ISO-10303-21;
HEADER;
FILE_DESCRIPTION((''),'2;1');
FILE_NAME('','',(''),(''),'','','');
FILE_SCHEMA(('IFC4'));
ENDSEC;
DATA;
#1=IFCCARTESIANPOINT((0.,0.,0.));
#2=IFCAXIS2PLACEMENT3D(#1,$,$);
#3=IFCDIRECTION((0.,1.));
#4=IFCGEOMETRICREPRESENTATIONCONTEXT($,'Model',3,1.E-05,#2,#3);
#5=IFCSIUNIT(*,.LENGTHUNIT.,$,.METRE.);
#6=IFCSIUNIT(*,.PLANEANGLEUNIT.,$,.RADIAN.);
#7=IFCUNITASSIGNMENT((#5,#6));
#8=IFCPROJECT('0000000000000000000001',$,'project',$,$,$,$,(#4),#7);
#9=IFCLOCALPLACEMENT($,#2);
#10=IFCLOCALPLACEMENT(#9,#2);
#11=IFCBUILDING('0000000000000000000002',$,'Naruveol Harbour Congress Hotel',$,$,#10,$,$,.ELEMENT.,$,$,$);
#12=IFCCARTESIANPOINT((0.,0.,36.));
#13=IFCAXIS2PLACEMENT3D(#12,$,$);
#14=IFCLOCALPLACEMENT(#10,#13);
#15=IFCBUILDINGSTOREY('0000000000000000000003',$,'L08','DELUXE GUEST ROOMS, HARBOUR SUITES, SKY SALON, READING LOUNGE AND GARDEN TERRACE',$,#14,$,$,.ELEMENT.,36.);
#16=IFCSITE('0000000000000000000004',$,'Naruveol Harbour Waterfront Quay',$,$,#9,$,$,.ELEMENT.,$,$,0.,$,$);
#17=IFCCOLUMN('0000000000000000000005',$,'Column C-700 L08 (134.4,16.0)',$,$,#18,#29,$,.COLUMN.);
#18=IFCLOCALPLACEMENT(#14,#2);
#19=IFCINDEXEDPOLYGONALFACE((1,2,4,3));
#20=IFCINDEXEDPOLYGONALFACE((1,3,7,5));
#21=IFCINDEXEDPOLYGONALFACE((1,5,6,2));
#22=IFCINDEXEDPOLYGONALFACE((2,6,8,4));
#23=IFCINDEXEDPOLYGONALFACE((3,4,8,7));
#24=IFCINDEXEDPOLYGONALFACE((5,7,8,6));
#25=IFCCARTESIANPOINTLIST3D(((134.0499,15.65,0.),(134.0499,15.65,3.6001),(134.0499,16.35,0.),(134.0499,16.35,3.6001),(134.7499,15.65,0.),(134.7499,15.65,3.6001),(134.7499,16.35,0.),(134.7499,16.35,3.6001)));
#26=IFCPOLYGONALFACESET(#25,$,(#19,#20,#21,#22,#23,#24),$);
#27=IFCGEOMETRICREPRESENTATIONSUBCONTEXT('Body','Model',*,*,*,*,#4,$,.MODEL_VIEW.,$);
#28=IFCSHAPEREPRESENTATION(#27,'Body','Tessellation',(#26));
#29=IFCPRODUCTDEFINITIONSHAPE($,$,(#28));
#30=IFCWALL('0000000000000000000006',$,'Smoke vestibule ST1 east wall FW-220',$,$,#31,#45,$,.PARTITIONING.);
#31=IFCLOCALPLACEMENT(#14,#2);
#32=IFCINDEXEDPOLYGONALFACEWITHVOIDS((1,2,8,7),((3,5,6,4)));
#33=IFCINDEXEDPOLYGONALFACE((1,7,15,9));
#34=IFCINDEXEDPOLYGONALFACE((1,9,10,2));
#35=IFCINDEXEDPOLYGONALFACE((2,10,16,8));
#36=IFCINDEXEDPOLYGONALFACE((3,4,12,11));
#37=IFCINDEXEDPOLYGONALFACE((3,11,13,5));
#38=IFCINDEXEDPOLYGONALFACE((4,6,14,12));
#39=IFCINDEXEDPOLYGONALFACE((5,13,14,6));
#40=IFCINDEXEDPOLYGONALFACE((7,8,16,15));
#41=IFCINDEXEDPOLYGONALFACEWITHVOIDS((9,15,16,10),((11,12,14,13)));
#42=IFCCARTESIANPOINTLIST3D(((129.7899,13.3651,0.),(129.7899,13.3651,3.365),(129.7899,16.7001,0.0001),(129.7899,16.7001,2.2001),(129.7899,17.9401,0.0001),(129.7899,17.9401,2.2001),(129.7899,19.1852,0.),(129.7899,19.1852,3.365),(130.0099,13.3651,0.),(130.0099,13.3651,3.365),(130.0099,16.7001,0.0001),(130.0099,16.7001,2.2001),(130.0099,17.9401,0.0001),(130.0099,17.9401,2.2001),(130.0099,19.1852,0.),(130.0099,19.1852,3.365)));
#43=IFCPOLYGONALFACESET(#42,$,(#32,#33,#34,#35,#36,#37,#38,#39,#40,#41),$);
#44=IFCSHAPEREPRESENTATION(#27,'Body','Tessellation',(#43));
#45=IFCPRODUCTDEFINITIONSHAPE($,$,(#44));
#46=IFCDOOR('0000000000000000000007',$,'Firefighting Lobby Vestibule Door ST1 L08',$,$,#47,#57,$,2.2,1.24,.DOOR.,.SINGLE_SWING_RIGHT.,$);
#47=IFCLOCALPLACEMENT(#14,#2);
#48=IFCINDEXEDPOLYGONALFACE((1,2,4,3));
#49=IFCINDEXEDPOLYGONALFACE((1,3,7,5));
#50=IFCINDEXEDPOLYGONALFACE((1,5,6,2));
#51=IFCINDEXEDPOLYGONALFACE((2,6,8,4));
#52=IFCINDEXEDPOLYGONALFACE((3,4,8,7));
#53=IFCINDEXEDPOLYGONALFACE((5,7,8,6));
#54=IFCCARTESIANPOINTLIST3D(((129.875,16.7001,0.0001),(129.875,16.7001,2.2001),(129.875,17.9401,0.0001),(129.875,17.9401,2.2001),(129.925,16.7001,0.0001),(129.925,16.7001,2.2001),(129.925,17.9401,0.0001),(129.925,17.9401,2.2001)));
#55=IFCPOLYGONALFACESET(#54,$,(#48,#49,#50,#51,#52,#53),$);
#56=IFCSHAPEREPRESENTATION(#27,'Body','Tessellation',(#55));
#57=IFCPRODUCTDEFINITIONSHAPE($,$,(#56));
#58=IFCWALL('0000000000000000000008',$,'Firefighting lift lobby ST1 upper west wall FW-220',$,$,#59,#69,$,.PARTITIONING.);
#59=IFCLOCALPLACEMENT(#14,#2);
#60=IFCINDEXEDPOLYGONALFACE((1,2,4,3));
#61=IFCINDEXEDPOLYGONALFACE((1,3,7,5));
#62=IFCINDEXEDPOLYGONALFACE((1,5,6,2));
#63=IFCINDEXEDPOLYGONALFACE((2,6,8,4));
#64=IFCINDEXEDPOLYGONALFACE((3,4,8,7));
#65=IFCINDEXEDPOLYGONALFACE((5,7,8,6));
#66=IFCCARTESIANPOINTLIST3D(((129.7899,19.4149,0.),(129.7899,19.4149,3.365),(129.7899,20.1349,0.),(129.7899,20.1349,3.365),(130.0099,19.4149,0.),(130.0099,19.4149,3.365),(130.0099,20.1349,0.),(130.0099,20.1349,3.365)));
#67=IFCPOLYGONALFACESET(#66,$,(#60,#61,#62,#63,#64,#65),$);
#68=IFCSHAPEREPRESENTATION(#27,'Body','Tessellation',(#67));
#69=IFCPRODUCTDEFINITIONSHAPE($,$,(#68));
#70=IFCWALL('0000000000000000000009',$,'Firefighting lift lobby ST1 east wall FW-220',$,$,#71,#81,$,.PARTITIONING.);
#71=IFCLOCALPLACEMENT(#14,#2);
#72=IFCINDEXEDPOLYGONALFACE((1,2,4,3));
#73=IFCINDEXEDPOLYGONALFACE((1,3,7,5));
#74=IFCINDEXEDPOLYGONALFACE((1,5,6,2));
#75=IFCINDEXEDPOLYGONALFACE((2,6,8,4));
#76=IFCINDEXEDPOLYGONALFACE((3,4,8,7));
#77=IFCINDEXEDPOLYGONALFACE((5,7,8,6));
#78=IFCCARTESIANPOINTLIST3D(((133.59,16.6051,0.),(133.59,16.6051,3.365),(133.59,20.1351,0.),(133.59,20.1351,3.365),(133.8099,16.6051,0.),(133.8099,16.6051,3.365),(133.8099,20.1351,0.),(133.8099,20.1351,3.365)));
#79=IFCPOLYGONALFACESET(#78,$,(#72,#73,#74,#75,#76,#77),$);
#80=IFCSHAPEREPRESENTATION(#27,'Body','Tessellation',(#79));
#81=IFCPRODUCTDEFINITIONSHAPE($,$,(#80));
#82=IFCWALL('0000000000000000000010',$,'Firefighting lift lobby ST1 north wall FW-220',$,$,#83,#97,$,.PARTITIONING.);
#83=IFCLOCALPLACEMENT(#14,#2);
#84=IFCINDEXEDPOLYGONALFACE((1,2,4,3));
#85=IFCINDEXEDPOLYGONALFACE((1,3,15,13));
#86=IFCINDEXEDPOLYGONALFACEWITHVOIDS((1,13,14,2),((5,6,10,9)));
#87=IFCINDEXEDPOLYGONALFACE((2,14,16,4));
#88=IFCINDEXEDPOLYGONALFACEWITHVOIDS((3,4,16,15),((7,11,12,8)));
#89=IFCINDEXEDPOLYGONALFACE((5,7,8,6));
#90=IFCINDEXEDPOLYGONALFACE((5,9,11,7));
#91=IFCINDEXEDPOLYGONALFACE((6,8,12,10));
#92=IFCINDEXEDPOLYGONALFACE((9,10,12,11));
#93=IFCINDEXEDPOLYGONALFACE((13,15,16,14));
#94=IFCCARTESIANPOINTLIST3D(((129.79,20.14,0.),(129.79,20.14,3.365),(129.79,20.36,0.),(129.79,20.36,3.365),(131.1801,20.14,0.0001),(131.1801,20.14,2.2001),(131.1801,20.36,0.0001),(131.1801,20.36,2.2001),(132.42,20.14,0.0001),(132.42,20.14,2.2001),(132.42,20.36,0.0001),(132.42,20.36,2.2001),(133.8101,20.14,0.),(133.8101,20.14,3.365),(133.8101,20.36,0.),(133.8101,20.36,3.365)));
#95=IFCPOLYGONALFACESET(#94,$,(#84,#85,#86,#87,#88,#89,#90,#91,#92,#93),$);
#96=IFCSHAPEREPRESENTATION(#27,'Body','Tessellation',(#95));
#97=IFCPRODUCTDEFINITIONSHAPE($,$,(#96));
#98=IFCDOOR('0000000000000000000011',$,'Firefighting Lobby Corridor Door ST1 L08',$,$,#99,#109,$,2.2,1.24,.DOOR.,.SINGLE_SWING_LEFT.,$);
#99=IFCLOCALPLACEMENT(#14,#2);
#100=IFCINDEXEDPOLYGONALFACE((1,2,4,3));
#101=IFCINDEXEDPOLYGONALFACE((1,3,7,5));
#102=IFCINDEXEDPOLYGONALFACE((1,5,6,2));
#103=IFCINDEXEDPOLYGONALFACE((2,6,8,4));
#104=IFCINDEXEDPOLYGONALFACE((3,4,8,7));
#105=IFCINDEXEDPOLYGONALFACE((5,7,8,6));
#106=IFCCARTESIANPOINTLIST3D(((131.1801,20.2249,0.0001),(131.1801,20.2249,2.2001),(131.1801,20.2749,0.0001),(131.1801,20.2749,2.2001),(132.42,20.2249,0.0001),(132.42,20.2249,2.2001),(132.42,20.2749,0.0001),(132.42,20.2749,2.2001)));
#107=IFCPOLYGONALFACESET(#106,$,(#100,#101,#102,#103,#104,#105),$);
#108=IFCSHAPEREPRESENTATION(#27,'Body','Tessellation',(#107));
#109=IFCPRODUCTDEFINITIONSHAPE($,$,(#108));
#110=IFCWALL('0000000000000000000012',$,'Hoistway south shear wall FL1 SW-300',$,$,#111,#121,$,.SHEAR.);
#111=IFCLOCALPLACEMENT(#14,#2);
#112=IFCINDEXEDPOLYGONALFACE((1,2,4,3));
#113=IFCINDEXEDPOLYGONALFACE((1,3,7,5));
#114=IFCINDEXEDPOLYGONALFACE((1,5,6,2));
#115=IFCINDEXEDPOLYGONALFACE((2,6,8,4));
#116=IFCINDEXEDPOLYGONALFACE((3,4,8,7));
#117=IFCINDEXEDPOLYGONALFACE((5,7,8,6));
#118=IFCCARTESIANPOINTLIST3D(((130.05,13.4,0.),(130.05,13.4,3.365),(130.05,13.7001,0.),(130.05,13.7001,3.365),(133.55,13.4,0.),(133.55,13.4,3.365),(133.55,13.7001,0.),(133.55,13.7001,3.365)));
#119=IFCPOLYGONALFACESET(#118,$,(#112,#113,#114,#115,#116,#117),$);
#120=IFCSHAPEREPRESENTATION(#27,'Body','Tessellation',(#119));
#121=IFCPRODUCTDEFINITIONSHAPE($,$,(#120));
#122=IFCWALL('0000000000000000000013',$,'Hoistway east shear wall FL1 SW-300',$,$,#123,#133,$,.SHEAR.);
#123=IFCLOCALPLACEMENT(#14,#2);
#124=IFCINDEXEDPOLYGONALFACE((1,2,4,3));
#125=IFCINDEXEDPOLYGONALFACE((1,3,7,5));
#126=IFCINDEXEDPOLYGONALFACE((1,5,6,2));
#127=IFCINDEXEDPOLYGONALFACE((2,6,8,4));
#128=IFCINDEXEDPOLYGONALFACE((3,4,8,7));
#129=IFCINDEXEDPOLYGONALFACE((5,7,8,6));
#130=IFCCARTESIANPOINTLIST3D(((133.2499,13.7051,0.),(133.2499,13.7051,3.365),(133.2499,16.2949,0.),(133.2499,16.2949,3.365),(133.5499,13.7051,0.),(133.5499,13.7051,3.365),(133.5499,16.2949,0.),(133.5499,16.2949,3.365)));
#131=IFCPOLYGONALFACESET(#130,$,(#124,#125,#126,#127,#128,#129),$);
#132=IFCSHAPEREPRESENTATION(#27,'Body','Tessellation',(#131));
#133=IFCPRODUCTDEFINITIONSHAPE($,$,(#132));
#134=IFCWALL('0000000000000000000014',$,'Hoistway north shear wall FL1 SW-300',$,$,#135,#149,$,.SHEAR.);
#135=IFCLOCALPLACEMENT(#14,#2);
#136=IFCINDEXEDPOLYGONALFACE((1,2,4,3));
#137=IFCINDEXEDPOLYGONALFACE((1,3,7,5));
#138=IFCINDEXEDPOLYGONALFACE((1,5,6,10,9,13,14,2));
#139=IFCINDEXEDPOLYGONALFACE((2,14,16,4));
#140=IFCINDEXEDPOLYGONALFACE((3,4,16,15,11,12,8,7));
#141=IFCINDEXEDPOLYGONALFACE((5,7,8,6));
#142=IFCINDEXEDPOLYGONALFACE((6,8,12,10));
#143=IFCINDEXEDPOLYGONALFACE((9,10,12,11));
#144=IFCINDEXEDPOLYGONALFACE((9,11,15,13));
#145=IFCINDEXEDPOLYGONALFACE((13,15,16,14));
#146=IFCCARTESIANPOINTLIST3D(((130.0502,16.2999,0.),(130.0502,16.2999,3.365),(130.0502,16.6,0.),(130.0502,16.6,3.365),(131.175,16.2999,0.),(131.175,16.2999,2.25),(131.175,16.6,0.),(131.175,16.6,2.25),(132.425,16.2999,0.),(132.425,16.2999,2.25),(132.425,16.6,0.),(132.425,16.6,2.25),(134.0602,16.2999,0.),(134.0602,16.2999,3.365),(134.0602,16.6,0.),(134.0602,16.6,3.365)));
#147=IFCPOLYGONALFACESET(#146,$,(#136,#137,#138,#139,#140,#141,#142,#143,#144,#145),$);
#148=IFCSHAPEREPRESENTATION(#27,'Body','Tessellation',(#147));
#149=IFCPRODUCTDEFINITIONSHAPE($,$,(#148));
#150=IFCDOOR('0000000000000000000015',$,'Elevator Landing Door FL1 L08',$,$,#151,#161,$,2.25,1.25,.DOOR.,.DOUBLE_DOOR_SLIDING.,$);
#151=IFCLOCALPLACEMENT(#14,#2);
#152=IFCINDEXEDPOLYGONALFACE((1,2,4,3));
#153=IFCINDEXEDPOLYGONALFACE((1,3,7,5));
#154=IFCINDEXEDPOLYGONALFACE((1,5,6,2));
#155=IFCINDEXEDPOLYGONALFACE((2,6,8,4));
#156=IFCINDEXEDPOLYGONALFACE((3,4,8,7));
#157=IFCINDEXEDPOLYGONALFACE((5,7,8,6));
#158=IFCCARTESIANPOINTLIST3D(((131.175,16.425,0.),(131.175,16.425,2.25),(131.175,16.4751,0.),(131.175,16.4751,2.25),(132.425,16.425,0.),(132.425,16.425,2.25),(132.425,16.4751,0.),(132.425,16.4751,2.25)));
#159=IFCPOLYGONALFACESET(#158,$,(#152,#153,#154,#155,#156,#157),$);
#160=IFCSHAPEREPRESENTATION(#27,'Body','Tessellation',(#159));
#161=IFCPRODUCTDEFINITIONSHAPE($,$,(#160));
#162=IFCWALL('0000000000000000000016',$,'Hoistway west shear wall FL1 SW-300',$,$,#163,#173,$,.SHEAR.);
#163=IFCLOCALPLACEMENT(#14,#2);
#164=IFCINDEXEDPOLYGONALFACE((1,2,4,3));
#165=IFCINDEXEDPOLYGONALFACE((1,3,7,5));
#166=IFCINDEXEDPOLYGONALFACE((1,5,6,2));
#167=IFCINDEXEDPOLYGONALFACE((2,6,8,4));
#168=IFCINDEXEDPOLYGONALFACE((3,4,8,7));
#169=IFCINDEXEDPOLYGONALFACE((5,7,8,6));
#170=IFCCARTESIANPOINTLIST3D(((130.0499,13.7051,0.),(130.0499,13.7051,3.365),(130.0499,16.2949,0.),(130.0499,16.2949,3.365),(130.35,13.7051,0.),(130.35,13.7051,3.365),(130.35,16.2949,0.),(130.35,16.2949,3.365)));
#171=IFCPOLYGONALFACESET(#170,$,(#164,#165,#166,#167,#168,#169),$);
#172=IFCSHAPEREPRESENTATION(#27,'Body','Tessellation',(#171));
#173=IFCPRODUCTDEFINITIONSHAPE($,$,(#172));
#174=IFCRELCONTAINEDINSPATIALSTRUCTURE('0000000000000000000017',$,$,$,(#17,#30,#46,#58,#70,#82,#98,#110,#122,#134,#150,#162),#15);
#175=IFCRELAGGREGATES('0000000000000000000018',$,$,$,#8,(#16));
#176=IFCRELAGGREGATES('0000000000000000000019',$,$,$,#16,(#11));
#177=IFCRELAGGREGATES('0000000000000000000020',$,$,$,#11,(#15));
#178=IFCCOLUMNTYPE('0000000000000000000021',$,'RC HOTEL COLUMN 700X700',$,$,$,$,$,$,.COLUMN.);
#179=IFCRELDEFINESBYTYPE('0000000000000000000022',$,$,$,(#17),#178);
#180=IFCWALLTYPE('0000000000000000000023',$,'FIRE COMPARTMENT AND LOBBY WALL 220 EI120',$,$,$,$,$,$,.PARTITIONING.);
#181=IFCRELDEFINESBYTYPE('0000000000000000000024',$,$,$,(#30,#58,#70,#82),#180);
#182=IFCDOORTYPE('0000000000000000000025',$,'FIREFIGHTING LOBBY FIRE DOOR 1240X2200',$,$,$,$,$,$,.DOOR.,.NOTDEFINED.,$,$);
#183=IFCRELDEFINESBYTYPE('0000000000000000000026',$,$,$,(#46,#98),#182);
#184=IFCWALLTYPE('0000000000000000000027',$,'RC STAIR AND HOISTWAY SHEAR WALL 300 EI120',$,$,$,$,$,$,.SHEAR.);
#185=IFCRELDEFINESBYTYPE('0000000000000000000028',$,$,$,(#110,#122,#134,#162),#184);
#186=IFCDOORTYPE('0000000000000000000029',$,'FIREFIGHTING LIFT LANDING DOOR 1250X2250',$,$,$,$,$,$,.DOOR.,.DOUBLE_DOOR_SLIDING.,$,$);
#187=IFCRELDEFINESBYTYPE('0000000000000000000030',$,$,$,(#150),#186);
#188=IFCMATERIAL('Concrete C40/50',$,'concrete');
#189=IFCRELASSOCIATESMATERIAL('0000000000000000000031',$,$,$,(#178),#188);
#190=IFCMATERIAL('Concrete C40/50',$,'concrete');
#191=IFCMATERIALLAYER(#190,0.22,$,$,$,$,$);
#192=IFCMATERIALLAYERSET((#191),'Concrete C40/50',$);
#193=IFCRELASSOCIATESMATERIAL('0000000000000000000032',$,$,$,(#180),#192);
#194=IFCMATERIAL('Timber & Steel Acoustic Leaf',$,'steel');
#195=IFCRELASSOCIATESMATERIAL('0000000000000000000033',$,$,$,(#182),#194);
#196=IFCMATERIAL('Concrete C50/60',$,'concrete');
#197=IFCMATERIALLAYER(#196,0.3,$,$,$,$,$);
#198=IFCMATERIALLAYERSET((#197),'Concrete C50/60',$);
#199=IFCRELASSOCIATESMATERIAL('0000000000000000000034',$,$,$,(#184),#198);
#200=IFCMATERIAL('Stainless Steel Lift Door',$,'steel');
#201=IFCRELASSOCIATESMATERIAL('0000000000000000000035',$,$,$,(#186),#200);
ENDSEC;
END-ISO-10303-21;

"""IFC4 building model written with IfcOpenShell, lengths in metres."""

from ifc_helpers import new_model, si_unit, direction, frame, frame_2d, origin, origin_2d, place, context, subcontext, project, spatial, rectangle, extrude, material, layer, layer_set, material_profile, profile_set, type_object, element, fill, save


model = new_model("IFC4")

# Units and contexts
model_context = context("Model", 3, precision=1e-05, world=origin(), true_north=direction((0.0, 1.0)))
body_context = subcontext(model_context, "Body", "Model", "MODEL_VIEW")
ifc_project = project(units=[si_unit("LENGTHUNIT", "METRE"), si_unit("PLANEANGLEUNIT", "RADIAN")], contexts=[model_context])

# Site, building, storey
site_placement = place(None, origin())
site = spatial("IfcSite", under=ifc_project, at=site_placement, Name="Naruveol Harbour Waterfront Quay", CompositionType="ELEMENT", RefElevation=0.0)
building_placement = place(site_placement, origin())
building = spatial("IfcBuilding", under=site, at=building_placement, Name="Naruveol Harbour Congress Hotel", CompositionType="ELEMENT")
storey_placement = place(building_placement, frame((0.0, 0.0, 36.0)))
storey = spatial("IfcBuildingStorey", under=building, at=storey_placement, Name="L08", Description="DELUXE GUEST ROOMS, HARBOUR SUITES, SKY SALON, READING LOUNGE AND GARDEN TERRACE", CompositionType="ELEMENT", Elevation=36.0)

# Column
ifc_material_1 = material(Name="Concrete C40/50", Category="concrete")
ifc_material_profile = material_profile(ifc_material_1, rectangle(XDim=0.7, YDim=0.7, at=origin_2d()), Name="RC-700x700")
ifc_profile_set = profile_set([ifc_material_profile], Name="Concrete C40/50")
column_type = type_object("IfcColumnType", Name="RC HOTEL COLUMN 700X700", PredefinedType="COLUMN", material=ifc_profile_set)
column_placement = place(storey_placement, frame((134.3999, 16.0, 0.0), z_axis=(0.0, 0.0, 1.0), x_axis=(1.0, 0.0, 0.0)))
element("IfcColumn", 1, at=column_placement, inside=storey, type_object=column_type, Name="Column C-700 L08 (134.4,16.0)", PredefinedType="COLUMN", context=body_context, shape_type="SweptSolid", body=[
    extrude(rectangle(XDim=0.7, YDim=0.7, at=origin_2d()), origin(), (0.0, 0.0, 1.0), 3.6001),
])

# Wall, opening, door
ifc_material_2 = material(Name="Concrete C40/50", Category="concrete")
ifc_layer_1 = layer(ifc_material_2, 0.22)
ifc_layer_set_1 = layer_set([ifc_layer_1], Name="Concrete C40/50")
wall_type_1 = type_object("IfcWallType", Name="FIRE COMPARTMENT AND LOBBY WALL 220 EI120", PredefinedType="PARTITIONING", material=ifc_layer_set_1)
wall_1_placement = place(storey_placement, frame((129.8999, 13.365, 0.0), z_axis=(0.0, 0.0, 1.0), x_axis=(0.0, 1.0, 0.0)))
wall_1 = element("IfcWall", 2, at=wall_1_placement, inside=storey, type_object=wall_type_1, Name="Smoke vestibule ST1 east wall FW-220", PredefinedType="PARTITIONING", context=body_context, shape_type="SweptSolid", body=[
    extrude(rectangle(XDim=5.8201, YDim=0.22, at=frame_2d((2.9102, 0.0))), origin(), (0.0, 0.0, 1.0), 3.365),
])
opening_1_placement = place(wall_1_placement, frame((3.335, 0.0, 0.0)))
opening_1 = element("IfcOpeningElement", 3, at=opening_1_placement, cuts=wall_1, PredefinedType="OPENING", context=body_context, shape_type="SweptSolid", body=[
    extrude(rectangle(XDim=1.24, YDim=2.2, at=frame_2d((0.6201, 1.1001))), frame((0.0, 0.1199, 0.0), z_axis=(0.0, -1.0, 0.0), x_axis=(1.0, 0.0, 0.0)), (0.0, 0.0, 1.0), 0.24),
])
ifc_material_3 = material(Name="Timber & Steel Acoustic Leaf", Category="steel")
door_type_1 = type_object("IfcDoorType", Name="FIREFIGHTING LOBBY FIRE DOOR 1240X2200", OperationType="NOTDEFINED", PredefinedType="DOOR", material=ifc_material_3)
door_1_placement = place(opening_1_placement, origin())
door_1 = element("IfcDoor", 4, at=door_1_placement, inside=storey, type_object=door_type_1, Name="Firefighting Lobby Vestibule Door ST1 L08", OperationType="SINGLE_SWING_RIGHT", OverallHeight=2.2, OverallWidth=1.24, PredefinedType="DOOR", context=body_context, shape_type="SweptSolid", body=[
    extrude(rectangle(XDim=1.24, YDim=2.2, at=frame_2d((0.6201, 1.1001))), frame((0.0, 0.0249, 0.0), z_axis=(0.0, -1.0, 0.0), x_axis=(1.0, 0.0, 0.0)), (0.0, 0.0, 1.0), 0.05),
])
fill(opening_1, door_1)

# Walls
wall_2_placement = place(storey_placement, frame((129.8999, 19.415, 0.0), z_axis=(0.0, 0.0, 1.0), x_axis=(0.0, 1.0, 0.0)))
element("IfcWall", 5, at=wall_2_placement, inside=storey, type_object=wall_type_1, Name="Firefighting lift lobby ST1 upper west wall FW-220", PredefinedType="PARTITIONING", context=body_context, shape_type="SweptSolid", body=[
    extrude(rectangle(XDim=0.72, YDim=0.22, at=frame_2d((0.3599, 0.0))), origin(), (0.0, 0.0, 1.0), 3.365),
])
wall_3_placement = place(storey_placement, frame((133.7, 16.605, 0.0), z_axis=(0.0, 0.0, 1.0), x_axis=(0.0, 1.0, 0.0)))
element("IfcWall", 6, at=wall_3_placement, inside=storey, type_object=wall_type_1, Name="Firefighting lift lobby ST1 east wall FW-220", PredefinedType="PARTITIONING", context=body_context, shape_type="SweptSolid", body=[
    extrude(rectangle(XDim=3.53, YDim=0.22, at=frame_2d((1.7651, 0.0))), origin(), (0.0, 0.0, 1.0), 3.365),
])

# Wall, opening, door
wall_4_placement = place(storey_placement, frame((129.79, 20.25, 0.0), z_axis=(0.0, 0.0, 1.0), x_axis=(1.0, 0.0, 0.0)))
wall_4 = element("IfcWall", 7, at=wall_4_placement, inside=storey, type_object=wall_type_1, Name="Firefighting lift lobby ST1 north wall FW-220", PredefinedType="PARTITIONING", context=body_context, shape_type="SweptSolid", body=[
    extrude(rectangle(XDim=4.02, YDim=0.22, at=frame_2d((2.01, 0.0))), origin(), (0.0, 0.0, 1.0), 3.365),
])
opening_2_placement = place(wall_4_placement, frame((1.3899, 0.0, 0.0)))
opening_2 = element("IfcOpeningElement", 8, at=opening_2_placement, cuts=wall_4, PredefinedType="OPENING", context=body_context, shape_type="SweptSolid", body=[
    extrude(rectangle(XDim=1.24, YDim=2.2, at=frame_2d((0.6201, 1.1001))), frame((0.0, 0.1199, 0.0), z_axis=(0.0, -1.0, 0.0), x_axis=(1.0, 0.0, 0.0)), (0.0, 0.0, 1.0), 0.24),
])
door_2_placement = place(opening_2_placement, origin())
door_2 = element("IfcDoor", 9, at=door_2_placement, inside=storey, type_object=door_type_1, Name="Firefighting Lobby Corridor Door ST1 L08", OperationType="SINGLE_SWING_LEFT", OverallHeight=2.2, OverallWidth=1.24, PredefinedType="DOOR", context=body_context, shape_type="SweptSolid", body=[
    extrude(rectangle(XDim=1.24, YDim=2.2, at=frame_2d((0.6201, 1.1001))), frame((0.0, 0.0249, 0.0), z_axis=(0.0, -1.0, 0.0), x_axis=(1.0, 0.0, 0.0)), (0.0, 0.0, 1.0), 0.05),
])
fill(opening_2, door_2)

# Walls
ifc_material_4 = material(Name="Concrete C50/60", Category="concrete")
ifc_layer_2 = layer(ifc_material_4, 0.3)
ifc_layer_set_2 = layer_set([ifc_layer_2], Name="Concrete C50/60")
wall_type_2 = type_object("IfcWallType", Name="RC STAIR AND HOISTWAY SHEAR WALL 300 EI120", PredefinedType="SHEAR", material=ifc_layer_set_2)
wall_5_placement = place(storey_placement, frame((130.05, 13.55, 0.0), z_axis=(0.0, 0.0, 1.0), x_axis=(1.0, 0.0, 0.0)))
element("IfcWall", 10, at=wall_5_placement, inside=storey, type_object=wall_type_2, Name="Hoistway south shear wall FL1 SW-300", PredefinedType="SHEAR", context=body_context, shape_type="SweptSolid", body=[
    extrude(rectangle(XDim=3.5, YDim=0.3, at=frame_2d((1.75, 0.0))), origin(), (0.0, 0.0, 1.0), 3.365),
])
wall_6_placement = place(storey_placement, frame((133.3999, 13.7051, 0.0), z_axis=(0.0, 0.0, 1.0), x_axis=(0.0, 1.0, 0.0)))
element("IfcWall", 11, at=wall_6_placement, inside=storey, type_object=wall_type_2, Name="Hoistway east shear wall FL1 SW-300", PredefinedType="SHEAR", context=body_context, shape_type="SweptSolid", body=[
    extrude(rectangle(XDim=2.5898, YDim=0.3, at=frame_2d((1.2949, 0.0))), origin(), (0.0, 0.0, 1.0), 3.365),
])

# Wall, opening, door
wall_7_placement = place(storey_placement, frame((134.0601, 16.45, 0.0), z_axis=(0.0, 0.0, 1.0), x_axis=(-1.0, 0.0, 0.0)))
wall_7 = element("IfcWall", 12, at=wall_7_placement, inside=storey, type_object=wall_type_2, Name="Hoistway north shear wall FL1 SW-300", PredefinedType="SHEAR", context=body_context, shape_type="SweptSolid", body=[
    extrude(rectangle(XDim=4.01, YDim=0.3, at=frame_2d((2.0049, 0.0))), origin(), (0.0, 0.0, 1.0), 3.365),
])
opening_3_placement = place(wall_7_placement, frame((1.635, 0.0, 0.0)))
opening_3 = element("IfcOpeningElement", 13, at=opening_3_placement, cuts=wall_7, PredefinedType="OPENING", context=body_context, shape_type="SweptSolid", body=[
    extrude(rectangle(XDim=1.25, YDim=2.25, at=frame_2d((0.625, 1.125))), frame((0.0, 0.1599, 0.0), z_axis=(0.0, -1.0, 0.0), x_axis=(1.0, 0.0, 0.0)), (0.0, 0.0, 1.0), 0.3201),
])
ifc_material_5 = material(Name="Stainless Steel Lift Door", Category="steel")
door_type_2 = type_object("IfcDoorType", Name="FIREFIGHTING LIFT LANDING DOOR 1250X2250", OperationType="DOUBLE_DOOR_SLIDING", PredefinedType="DOOR", material=ifc_material_5)
door_3_placement = place(opening_3_placement, origin())
door_3 = element("IfcDoor", 14, at=door_3_placement, inside=storey, type_object=door_type_2, Name="Elevator Landing Door FL1 L08", OperationType="DOUBLE_DOOR_SLIDING", OverallHeight=2.25, OverallWidth=1.25, PredefinedType="DOOR", context=body_context, shape_type="SweptSolid", body=[
    extrude(rectangle(XDim=1.25, YDim=2.25, at=frame_2d((0.625, 1.125))), frame((0.0, 0.0249, 0.0), z_axis=(0.0, -1.0, 0.0), x_axis=(1.0, 0.0, 0.0)), (0.0, 0.0, 1.0), 0.05),
])
fill(opening_3, door_3)

# Wall
wall_8_placement = place(storey_placement, frame((130.2, 16.2949, 0.0), z_axis=(0.0, 0.0, 1.0), x_axis=(0.0, -1.0, 0.0)))
element("IfcWall", 15, at=wall_8_placement, inside=storey, type_object=wall_type_2, Name="Hoistway west shear wall FL1 SW-300", PredefinedType="SHEAR", context=body_context, shape_type="SweptSolid", body=[
    extrude(rectangle(XDim=2.5898, YDim=0.3, at=frame_2d((1.2949, 0.0))), origin(), (0.0, 0.0, 1.0), 3.365),
])

save(model, "model.ifc")
